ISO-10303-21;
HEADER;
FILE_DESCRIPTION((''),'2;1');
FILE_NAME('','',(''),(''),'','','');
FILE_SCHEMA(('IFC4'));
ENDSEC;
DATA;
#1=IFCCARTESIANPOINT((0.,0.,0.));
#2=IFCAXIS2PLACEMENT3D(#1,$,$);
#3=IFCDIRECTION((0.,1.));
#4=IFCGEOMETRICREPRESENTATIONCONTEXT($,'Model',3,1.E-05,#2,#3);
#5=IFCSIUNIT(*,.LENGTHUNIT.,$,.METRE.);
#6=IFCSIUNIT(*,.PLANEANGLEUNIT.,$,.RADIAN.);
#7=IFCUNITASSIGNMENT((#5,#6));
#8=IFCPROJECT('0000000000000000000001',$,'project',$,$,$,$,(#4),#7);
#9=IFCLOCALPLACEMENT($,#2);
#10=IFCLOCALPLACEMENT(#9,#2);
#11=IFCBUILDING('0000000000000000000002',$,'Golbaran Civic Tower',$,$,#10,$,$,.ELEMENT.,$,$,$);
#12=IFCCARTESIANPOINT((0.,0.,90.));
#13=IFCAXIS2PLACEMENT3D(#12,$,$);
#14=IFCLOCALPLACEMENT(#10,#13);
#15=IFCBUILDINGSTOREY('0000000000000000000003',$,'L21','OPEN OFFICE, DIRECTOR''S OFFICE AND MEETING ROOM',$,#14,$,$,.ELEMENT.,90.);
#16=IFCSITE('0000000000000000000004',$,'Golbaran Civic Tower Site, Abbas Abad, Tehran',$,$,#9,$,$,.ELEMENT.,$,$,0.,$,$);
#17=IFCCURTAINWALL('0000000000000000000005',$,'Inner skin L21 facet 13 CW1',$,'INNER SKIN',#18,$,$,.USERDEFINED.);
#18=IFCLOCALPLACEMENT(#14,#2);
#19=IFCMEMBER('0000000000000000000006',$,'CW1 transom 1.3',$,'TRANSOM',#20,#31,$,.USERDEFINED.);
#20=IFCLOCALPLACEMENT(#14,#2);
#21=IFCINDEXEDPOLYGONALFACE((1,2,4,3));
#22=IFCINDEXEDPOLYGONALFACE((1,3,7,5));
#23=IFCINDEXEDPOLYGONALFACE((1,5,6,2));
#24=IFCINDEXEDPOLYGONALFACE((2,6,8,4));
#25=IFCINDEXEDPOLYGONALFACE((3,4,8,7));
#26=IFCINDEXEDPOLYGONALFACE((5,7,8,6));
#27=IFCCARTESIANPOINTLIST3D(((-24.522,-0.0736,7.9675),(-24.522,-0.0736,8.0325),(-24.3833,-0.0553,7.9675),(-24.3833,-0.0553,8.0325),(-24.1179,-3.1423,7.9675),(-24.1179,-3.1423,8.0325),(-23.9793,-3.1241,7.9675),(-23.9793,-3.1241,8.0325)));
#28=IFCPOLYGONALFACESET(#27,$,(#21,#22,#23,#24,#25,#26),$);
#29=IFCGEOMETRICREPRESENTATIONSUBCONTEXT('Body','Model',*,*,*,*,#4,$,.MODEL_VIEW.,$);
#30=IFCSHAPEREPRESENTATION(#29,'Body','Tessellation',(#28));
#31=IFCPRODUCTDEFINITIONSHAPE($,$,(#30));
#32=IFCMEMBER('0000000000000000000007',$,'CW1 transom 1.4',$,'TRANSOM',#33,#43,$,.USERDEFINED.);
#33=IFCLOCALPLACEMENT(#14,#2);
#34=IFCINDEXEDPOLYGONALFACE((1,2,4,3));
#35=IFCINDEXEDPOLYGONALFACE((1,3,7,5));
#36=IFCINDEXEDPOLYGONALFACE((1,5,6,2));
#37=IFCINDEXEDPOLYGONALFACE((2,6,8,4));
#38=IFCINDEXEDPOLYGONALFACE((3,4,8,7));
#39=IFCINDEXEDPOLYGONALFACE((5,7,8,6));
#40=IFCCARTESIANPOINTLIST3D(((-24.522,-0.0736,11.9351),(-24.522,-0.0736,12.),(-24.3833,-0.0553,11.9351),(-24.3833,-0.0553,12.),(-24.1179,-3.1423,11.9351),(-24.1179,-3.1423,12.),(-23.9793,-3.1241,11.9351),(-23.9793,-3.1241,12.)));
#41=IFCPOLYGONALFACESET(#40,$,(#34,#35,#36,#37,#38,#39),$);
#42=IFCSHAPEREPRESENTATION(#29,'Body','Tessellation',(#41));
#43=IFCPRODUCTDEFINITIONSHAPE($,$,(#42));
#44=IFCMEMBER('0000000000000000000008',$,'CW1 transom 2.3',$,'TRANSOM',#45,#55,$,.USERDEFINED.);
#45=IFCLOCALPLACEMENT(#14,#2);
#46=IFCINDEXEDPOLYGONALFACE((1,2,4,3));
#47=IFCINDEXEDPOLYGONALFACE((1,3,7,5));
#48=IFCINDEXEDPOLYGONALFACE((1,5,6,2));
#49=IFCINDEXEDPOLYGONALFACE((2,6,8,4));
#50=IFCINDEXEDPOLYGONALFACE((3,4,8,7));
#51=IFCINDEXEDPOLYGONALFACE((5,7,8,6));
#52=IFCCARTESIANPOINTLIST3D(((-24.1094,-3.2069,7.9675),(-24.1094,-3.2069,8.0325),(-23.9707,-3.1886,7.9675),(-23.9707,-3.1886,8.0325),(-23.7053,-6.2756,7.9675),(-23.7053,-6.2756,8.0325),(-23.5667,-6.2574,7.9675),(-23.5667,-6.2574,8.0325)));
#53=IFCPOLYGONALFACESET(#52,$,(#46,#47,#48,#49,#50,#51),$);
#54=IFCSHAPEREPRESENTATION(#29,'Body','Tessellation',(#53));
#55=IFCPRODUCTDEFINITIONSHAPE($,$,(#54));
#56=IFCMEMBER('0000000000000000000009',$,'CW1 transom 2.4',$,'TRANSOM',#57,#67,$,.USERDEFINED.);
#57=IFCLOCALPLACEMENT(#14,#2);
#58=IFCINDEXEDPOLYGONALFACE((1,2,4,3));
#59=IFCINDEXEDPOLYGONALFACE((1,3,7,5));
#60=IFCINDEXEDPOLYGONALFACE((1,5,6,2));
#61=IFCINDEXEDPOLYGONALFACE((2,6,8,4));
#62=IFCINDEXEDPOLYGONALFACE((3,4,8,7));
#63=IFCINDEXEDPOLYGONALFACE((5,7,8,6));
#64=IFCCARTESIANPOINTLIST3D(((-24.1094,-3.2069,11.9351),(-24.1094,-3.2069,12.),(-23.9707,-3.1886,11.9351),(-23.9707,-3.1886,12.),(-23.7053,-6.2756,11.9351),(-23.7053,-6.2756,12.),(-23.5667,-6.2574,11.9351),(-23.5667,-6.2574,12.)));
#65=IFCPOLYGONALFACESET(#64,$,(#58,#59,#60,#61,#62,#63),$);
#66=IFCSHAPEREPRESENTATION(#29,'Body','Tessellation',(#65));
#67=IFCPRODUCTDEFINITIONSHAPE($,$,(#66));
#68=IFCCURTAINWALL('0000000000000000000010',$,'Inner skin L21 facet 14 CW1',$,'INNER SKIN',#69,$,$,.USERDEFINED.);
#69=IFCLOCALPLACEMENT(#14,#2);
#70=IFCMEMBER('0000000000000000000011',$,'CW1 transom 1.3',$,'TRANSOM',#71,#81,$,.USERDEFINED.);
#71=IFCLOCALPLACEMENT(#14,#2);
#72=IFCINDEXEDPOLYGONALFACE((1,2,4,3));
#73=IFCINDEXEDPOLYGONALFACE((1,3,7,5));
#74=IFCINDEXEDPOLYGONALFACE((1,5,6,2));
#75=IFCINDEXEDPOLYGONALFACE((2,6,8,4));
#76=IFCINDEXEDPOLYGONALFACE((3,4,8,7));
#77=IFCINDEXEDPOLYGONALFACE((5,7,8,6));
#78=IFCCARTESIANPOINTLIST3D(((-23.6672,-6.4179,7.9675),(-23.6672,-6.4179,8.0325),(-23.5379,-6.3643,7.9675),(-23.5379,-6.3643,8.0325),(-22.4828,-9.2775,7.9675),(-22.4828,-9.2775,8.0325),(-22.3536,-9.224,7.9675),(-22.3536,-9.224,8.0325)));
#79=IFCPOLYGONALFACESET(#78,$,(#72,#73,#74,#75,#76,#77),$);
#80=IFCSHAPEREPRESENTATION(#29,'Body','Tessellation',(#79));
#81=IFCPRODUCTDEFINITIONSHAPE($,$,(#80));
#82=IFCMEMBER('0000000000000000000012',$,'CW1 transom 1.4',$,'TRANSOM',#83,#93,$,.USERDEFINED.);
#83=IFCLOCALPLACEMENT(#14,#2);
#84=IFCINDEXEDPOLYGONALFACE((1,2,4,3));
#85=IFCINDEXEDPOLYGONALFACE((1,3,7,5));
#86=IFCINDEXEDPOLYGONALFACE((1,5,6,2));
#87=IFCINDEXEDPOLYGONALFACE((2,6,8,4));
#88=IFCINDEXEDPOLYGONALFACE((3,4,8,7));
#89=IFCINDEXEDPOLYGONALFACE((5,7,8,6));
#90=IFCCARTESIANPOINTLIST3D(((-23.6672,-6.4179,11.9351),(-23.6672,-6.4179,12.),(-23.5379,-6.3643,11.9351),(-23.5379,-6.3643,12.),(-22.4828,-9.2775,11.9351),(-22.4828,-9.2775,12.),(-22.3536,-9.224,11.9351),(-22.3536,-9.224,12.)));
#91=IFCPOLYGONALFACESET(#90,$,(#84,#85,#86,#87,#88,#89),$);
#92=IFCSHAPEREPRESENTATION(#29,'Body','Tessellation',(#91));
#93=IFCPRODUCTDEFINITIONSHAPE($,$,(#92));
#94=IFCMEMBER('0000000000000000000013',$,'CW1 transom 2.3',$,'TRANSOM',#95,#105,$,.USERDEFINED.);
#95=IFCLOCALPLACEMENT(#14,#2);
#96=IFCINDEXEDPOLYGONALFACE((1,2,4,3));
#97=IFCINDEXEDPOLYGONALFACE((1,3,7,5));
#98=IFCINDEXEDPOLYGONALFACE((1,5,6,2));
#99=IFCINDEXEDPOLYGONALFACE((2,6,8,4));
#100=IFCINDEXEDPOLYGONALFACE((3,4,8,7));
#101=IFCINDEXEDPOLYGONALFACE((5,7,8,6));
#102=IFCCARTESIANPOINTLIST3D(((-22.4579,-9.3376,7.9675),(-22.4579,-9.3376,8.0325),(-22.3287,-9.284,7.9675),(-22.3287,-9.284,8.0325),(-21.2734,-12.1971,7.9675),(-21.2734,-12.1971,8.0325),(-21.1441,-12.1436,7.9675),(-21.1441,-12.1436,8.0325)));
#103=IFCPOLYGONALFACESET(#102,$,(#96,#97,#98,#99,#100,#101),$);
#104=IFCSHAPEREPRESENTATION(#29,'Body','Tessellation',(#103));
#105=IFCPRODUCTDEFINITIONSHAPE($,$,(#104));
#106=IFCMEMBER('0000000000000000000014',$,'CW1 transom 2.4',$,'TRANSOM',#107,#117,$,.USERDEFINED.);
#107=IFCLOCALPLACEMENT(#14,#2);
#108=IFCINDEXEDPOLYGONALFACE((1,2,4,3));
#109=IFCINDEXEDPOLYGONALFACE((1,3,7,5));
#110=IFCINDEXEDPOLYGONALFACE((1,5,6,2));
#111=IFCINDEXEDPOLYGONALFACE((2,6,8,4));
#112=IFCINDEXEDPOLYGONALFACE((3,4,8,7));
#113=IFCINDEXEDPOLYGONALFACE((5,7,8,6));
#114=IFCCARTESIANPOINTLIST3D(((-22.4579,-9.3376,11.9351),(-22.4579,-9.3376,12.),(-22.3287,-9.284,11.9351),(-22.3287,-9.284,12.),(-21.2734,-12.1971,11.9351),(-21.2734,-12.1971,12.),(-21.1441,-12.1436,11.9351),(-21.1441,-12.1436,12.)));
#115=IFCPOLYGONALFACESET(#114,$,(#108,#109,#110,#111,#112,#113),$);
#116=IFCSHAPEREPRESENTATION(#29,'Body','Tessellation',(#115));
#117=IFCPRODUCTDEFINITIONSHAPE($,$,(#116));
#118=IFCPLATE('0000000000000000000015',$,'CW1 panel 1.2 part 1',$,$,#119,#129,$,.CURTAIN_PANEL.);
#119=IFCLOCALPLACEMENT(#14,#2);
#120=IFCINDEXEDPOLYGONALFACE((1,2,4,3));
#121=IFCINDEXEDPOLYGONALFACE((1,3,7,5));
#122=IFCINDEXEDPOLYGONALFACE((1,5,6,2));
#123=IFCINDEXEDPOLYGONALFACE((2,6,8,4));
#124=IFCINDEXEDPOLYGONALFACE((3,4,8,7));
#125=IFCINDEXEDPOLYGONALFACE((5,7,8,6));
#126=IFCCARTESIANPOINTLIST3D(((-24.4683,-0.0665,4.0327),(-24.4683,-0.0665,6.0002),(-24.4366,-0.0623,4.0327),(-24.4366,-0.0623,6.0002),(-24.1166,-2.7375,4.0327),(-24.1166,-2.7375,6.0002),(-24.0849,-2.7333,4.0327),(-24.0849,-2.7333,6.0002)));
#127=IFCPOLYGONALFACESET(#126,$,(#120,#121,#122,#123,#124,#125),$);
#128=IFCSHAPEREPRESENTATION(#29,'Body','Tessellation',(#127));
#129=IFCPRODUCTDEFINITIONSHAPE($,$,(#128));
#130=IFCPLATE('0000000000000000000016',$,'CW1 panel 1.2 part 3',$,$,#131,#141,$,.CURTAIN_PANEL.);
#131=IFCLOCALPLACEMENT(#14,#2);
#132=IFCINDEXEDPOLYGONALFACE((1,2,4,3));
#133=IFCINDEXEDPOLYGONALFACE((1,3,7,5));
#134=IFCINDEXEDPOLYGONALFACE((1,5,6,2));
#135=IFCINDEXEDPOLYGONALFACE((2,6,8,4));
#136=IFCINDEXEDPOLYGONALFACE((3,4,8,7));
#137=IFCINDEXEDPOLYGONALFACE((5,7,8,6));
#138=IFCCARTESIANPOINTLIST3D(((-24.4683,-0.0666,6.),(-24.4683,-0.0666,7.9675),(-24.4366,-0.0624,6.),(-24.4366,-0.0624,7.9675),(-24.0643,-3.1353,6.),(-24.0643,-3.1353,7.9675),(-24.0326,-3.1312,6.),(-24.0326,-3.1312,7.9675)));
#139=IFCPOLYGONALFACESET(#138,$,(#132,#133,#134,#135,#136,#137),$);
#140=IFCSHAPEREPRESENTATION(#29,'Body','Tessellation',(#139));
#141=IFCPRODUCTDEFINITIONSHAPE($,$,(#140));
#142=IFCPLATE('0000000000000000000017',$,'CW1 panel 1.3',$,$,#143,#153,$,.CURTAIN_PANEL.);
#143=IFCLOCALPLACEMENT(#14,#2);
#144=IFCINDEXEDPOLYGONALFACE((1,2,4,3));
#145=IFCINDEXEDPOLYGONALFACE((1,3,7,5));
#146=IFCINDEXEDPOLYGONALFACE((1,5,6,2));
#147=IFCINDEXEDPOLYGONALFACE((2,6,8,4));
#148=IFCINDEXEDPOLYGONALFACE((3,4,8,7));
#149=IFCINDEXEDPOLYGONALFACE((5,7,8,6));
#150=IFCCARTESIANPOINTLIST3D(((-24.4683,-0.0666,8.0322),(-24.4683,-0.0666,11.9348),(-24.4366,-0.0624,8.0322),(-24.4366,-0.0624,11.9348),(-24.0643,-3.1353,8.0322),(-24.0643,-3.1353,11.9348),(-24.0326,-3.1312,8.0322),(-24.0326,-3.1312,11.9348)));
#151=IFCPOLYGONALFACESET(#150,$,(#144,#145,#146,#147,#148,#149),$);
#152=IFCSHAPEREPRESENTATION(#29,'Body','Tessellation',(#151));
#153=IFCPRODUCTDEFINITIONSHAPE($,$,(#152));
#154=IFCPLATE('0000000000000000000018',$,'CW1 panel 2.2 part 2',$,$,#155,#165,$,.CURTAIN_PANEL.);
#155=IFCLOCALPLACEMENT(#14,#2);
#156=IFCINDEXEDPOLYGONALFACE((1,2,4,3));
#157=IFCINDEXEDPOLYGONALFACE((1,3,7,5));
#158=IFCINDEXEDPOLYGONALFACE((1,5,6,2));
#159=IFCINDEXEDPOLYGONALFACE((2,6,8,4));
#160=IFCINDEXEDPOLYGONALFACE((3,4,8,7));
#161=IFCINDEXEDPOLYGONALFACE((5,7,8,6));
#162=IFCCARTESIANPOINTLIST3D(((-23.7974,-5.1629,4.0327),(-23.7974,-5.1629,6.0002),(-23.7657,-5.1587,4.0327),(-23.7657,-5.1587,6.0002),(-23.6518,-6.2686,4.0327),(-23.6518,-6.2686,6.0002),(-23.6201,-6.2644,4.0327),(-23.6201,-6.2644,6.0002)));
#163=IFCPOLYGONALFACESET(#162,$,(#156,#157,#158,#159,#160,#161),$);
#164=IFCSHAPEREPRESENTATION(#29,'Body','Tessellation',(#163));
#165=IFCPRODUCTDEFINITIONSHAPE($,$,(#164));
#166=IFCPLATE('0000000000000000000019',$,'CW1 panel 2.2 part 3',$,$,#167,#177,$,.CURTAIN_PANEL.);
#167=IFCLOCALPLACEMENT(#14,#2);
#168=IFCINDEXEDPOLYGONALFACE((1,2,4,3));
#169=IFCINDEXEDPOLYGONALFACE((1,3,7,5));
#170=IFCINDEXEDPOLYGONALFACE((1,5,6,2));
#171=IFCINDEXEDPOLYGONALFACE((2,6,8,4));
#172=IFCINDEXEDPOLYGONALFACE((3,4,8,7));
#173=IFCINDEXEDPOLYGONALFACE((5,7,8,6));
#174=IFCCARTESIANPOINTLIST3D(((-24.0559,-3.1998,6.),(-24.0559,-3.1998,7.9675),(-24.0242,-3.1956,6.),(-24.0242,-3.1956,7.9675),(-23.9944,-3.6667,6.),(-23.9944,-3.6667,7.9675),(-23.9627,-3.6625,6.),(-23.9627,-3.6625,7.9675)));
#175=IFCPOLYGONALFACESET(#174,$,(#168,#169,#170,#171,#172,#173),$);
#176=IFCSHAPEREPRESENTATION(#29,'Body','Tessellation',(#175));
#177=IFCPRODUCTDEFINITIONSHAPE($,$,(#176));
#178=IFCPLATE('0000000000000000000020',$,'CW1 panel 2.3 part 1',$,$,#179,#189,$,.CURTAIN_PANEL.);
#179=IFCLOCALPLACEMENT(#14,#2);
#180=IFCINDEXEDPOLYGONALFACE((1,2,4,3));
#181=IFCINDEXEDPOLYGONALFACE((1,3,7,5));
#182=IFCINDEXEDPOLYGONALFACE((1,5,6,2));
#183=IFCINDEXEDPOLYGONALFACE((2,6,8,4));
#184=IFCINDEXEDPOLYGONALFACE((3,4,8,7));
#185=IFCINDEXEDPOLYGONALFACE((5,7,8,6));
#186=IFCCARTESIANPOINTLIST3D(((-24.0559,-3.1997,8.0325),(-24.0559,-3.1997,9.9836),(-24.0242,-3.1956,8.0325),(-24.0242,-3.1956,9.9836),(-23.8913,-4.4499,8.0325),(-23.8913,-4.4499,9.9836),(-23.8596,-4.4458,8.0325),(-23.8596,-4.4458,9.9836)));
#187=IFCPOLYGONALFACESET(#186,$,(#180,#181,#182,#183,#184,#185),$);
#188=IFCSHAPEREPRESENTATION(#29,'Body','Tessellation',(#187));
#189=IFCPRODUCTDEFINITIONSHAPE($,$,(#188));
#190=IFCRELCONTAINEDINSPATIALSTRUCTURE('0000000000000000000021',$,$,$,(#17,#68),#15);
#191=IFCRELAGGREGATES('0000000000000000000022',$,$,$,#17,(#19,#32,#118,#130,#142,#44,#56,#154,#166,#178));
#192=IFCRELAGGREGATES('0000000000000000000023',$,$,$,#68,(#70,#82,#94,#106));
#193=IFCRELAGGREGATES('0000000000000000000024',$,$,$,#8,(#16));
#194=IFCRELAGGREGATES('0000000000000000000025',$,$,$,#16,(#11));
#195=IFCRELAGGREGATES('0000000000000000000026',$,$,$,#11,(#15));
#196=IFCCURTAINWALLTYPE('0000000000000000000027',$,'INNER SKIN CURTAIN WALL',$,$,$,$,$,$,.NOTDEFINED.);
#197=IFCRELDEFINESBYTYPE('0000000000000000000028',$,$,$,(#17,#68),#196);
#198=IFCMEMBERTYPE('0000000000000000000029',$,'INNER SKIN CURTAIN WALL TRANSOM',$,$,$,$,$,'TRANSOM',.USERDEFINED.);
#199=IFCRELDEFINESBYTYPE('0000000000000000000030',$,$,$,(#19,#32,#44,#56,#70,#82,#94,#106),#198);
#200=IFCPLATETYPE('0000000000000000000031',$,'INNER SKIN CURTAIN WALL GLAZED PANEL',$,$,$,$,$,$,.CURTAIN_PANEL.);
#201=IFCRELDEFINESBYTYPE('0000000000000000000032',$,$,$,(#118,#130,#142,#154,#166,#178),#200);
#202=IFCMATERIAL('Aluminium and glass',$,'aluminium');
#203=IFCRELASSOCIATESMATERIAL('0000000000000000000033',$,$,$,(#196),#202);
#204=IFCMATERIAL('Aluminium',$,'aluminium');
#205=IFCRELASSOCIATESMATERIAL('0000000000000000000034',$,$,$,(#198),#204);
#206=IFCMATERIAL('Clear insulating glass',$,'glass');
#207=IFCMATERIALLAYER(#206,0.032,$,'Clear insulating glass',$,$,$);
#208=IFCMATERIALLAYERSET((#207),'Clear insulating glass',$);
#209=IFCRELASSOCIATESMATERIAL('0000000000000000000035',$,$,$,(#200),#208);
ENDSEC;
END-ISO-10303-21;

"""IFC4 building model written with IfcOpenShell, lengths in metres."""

from ifc_helpers import new_model, si_unit, direction, frame, origin, origin_2d, place, context, subcontext, project, spatial, rectangle, extrude, material, layer, layer_set, material_profile, profile_set, type_object, element, aggregate, save


model = new_model("IFC4")

# Units and contexts
model_context = context("Model", 3, precision=1e-05, world=origin(), true_north=direction((0.0, 1.0)))
body_context = subcontext(model_context, "Body", "Model", "MODEL_VIEW")
ifc_project = project(units=[si_unit("LENGTHUNIT", "METRE"), si_unit("PLANEANGLEUNIT", "RADIAN")], contexts=[model_context])

# Site, building, storey
site_placement = place(None, origin())
site = spatial("IfcSite", under=ifc_project, at=site_placement, Name="Golbaran Civic Tower Site, Abbas Abad, Tehran", CompositionType="ELEMENT", RefElevation=0.0)
building_placement = place(site_placement, origin())
building = spatial("IfcBuilding", under=site, at=building_placement, Name="Golbaran Civic Tower", CompositionType="ELEMENT")
storey_placement = place(building_placement, frame((0.0, 0.0, 90.0)))
storey = spatial("IfcBuildingStorey", under=building, at=storey_placement, Name="L21", Description="OPEN OFFICE, DIRECTOR'S OFFICE AND MEETING ROOM", CompositionType="ELEMENT", Elevation=90.0)

# Curtain walls, members
ifc_material_1 = material(Name="Aluminium and glass", Category="aluminium")
curtain_wall_type = type_object("IfcCurtainWallType", Name="INNER SKIN CURTAIN WALL", PredefinedType="NOTDEFINED", material=ifc_material_1)
curtain_wall_1_placement = place(storey_placement, origin())
curtain_wall_1 = element("IfcCurtainWall", 1, at=curtain_wall_1_placement, inside=storey, type_object=curtain_wall_type, Name="Inner skin L21 facet 13 CW1", ObjectType="INNER SKIN", PredefinedType="USERDEFINED")
ifc_material_2 = material(Name="Aluminium", Category="aluminium")
ifc_material_profile = material_profile(ifc_material_2, rectangle(XDim=0.1399, YDim=0.0649, at=origin_2d()), Name="INNER SKIN CURTAIN WALL TRANSOM")
ifc_profile_set = profile_set([ifc_material_profile], Name="Aluminium")
member_type = type_object("IfcMemberType", Name="INNER SKIN CURTAIN WALL TRANSOM", ElementType="TRANSOM", PredefinedType="USERDEFINED", material=ifc_profile_set)
member_1_placement = place(storey_placement, frame((-24.4526, -0.0645, 8.0), z_axis=(0.130536, -0.991444, 0.0), x_axis=(0.991444, 0.130536, 0.0)))
member_1 = element("IfcMember", 2, at=member_1_placement, type_object=member_type, Name="CW1 transom 1.3", ObjectType="TRANSOM", PredefinedType="USERDEFINED", context=body_context, shape_type="SweptSolid", body=[
    extrude(rectangle(XDim=0.1399, YDim=0.0649, at=origin_2d()), origin(), (0.0, 0.0, 1.0), 3.0952),
])
member_2_placement = place(storey_placement, frame((-24.4526, -0.0645, 11.9675), z_axis=(0.130536, -0.991444, 0.0), x_axis=(0.991444, 0.130536, 0.0)))
member_2 = element("IfcMember", 3, at=member_2_placement, type_object=member_type, Name="CW1 transom 1.4", ObjectType="TRANSOM", PredefinedType="USERDEFINED", context=body_context, shape_type="SweptSolid", body=[
    extrude(rectangle(XDim=0.1399, YDim=0.0649, at=origin_2d()), origin(), (0.0, 0.0, 1.0), 3.0952),
])
member_3_placement = place(storey_placement, frame((-24.04, -3.1978, 8.0), z_axis=(0.130536, -0.991444, 0.0), x_axis=(0.991444, 0.130536, 0.0)))
member_3 = element("IfcMember", 4, at=member_3_placement, type_object=member_type, Name="CW1 transom 2.3", ObjectType="TRANSOM", PredefinedType="USERDEFINED", context=body_context, shape_type="SweptSolid", body=[
    extrude(rectangle(XDim=0.1399, YDim=0.0649, at=origin_2d()), origin(), (0.0, 0.0, 1.0), 3.0952),
])
member_4_placement = place(storey_placement, frame((-24.04, -3.1978, 11.9675), z_axis=(0.130536, -0.991444, 0.0), x_axis=(0.991444, 0.130536, 0.0)))
member_4 = element("IfcMember", 5, at=member_4_placement, type_object=member_type, Name="CW1 transom 2.4", ObjectType="TRANSOM", PredefinedType="USERDEFINED", context=body_context, shape_type="SweptSolid", body=[
    extrude(rectangle(XDim=0.1399, YDim=0.0649, at=origin_2d()), origin(), (0.0, 0.0, 1.0), 3.0952),
])
curtain_wall_2_placement = place(storey_placement, origin())
curtain_wall_2 = element("IfcCurtainWall", 6, at=curtain_wall_2_placement, inside=storey, type_object=curtain_wall_type, Name="Inner skin L21 facet 14 CW1", ObjectType="INNER SKIN", PredefinedType="USERDEFINED")
member_5_placement = place(storey_placement, frame((-23.6025, -6.3911, 8.0), z_axis=(0.382637, -0.923899, 0.0), x_axis=(0.923899, 0.382637, 0.0)))
member_5 = element("IfcMember", 7, at=member_5_placement, type_object=member_type, Name="CW1 transom 1.3", ObjectType="TRANSOM", PredefinedType="USERDEFINED", context=body_context, shape_type="SweptSolid", body=[
    extrude(rectangle(XDim=0.1399, YDim=0.0649, at=origin_2d()), origin(), (0.0, 0.0, 1.0), 3.0952),
])
member_6_placement = place(storey_placement, frame((-23.6025, -6.3911, 11.9675), z_axis=(0.382637, -0.923899, 0.0), x_axis=(0.923899, 0.382637, 0.0)))
member_6 = element("IfcMember", 8, at=member_6_placement, type_object=member_type, Name="CW1 transom 1.4", ObjectType="TRANSOM", PredefinedType="USERDEFINED", context=body_context, shape_type="SweptSolid", body=[
    extrude(rectangle(XDim=0.1399, YDim=0.0649, at=origin_2d()), origin(), (0.0, 0.0, 1.0), 3.0952),
])
member_7_placement = place(storey_placement, frame((-22.3933, -9.3108, 8.0), z_axis=(0.382705, -0.923871, 0.0), x_axis=(0.923871, 0.382705, 0.0)))
member_7 = element("IfcMember", 9, at=member_7_placement, type_object=member_type, Name="CW1 transom 2.3", ObjectType="TRANSOM", PredefinedType="USERDEFINED", context=body_context, shape_type="SweptSolid", body=[
    extrude(rectangle(XDim=0.1399, YDim=0.0649, at=origin_2d()), origin(), (0.0, 0.0, 1.0), 3.0952),
])
member_8_placement = place(storey_placement, frame((-22.3933, -9.3108, 11.9675), z_axis=(0.382705, -0.923871, 0.0), x_axis=(0.923871, 0.382705, 0.0)))
member_8 = element("IfcMember", 10, at=member_8_placement, type_object=member_type, Name="CW1 transom 2.4", ObjectType="TRANSOM", PredefinedType="USERDEFINED", context=body_context, shape_type="SweptSolid", body=[
    extrude(rectangle(XDim=0.1399, YDim=0.0649, at=origin_2d()), origin(), (0.0, 0.0, 1.0), 3.0952),
])

# Plates
ifc_material_3 = material(Name="Clear insulating glass", Category="glass")
ifc_layer_1 = layer(ifc_material_3, 0.032, Name="Clear insulating glass")
ifc_layer_set_1 = layer_set([ifc_layer_1], Name="Clear insulating glass")
plate_type_1 = type_object("IfcPlateType", Name="INNER SKIN CURTAIN WALL GLAZED PANEL", PredefinedType="CURTAIN_PANEL", material=ifc_layer_set_1)
plate_1_placement = place(storey_placement, frame((-24.2766, -1.3999, 4.0327), z_axis=(0.0, 0.0, 1.0), x_axis=(0.130526, -0.991445, 0.0)))
plate_1 = element("IfcPlate", 11, at=plate_1_placement, type_object=plate_type_1, Name="CW1 panel 1.2 part 1", PredefinedType="CURTAIN_PANEL", context=body_context, shape_type="SweptSolid", body=[
    extrude(rectangle(XDim=2.6941, YDim=0.032, at=origin_2d()), origin(), (0.0, 0.0, 1.0), 1.9675),
])
plate_2_placement = place(storey_placement, frame((-24.2505, -1.5989, 6.0), z_axis=(0.0, 0.0, 1.0), x_axis=(0.130526, -0.991445, 0.0)))
plate_2 = element("IfcPlate", 12, at=plate_2_placement, type_object=plate_type_1, Name="CW1 panel 1.2 part 3", PredefinedType="CURTAIN_PANEL", context=body_context, shape_type="SweptSolid", body=[
    extrude(rectangle(XDim=3.0952, YDim=0.032, at=origin_2d()), origin(), (0.0, 0.0, 1.0), 1.9675),
])
plate_3_placement = place(storey_placement, frame((-24.2505, -1.5989, 8.0322), z_axis=(0.0, 0.0, 1.0), x_axis=(0.130526, -0.991445, 0.0)))
plate_3 = element("IfcPlate", 13, at=plate_3_placement, type_object=plate_type_1, Name="CW1 panel 1.3", PredefinedType="CURTAIN_PANEL", context=body_context, shape_type="SweptSolid", body=[
    extrude(rectangle(XDim=3.0952, YDim=0.032, at=origin_2d()), origin(), (0.0, 0.0, 1.0), 3.9026),
])
plate_4_placement = place(storey_placement, frame((-23.7087, -5.7136, 4.0327), z_axis=(0.0, 0.0, 1.0), x_axis=(0.130526, -0.991445, 0.0)))
plate_4 = element("IfcPlate", 14, at=plate_4_placement, type_object=plate_type_1, Name="CW1 panel 2.2 part 2", PredefinedType="CURTAIN_PANEL", context=body_context, shape_type="SweptSolid", body=[
    extrude(rectangle(XDim=1.1152, YDim=0.032, at=origin_2d()), origin(), (0.0, 0.0, 1.0), 1.9675),
])
plate_5_placement = place(storey_placement, frame((-24.0093, -3.4312, 6.0), z_axis=(0.0, 0.0, 1.0), x_axis=(0.130526, -0.991445, 0.0)))
plate_5 = element("IfcPlate", 15, at=plate_5_placement, type_object=plate_type_1, Name="CW1 panel 2.2 part 3", PredefinedType="CURTAIN_PANEL", context=body_context, shape_type="SweptSolid", body=[
    extrude(rectangle(XDim=0.4709, YDim=0.032, at=origin_2d()), origin(), (0.0, 0.0, 1.0), 1.9675),
])
plate_6_placement = place(storey_placement, frame((-23.9578, -3.8228, 8.0325), z_axis=(0.0, 0.0, 1.0), x_axis=(0.130526, -0.991445, 0.0)))
plate_6 = element("IfcPlate", 16, at=plate_6_placement, type_object=plate_type_1, Name="CW1 panel 2.3 part 1", PredefinedType="CURTAIN_PANEL", context=body_context, shape_type="SweptSolid", body=[
    extrude(rectangle(XDim=1.261, YDim=0.032, at=origin_2d()), origin(), (0.0, 0.0, 1.0), 1.9512),
])
aggregate(curtain_wall_1, [member_1, member_2, plate_1, plate_2, plate_3, member_3, member_4, plate_4, plate_5, plate_6])
aggregate(curtain_wall_2, [member_5, member_6, member_7, member_8])

save(model, "model.ifc")
